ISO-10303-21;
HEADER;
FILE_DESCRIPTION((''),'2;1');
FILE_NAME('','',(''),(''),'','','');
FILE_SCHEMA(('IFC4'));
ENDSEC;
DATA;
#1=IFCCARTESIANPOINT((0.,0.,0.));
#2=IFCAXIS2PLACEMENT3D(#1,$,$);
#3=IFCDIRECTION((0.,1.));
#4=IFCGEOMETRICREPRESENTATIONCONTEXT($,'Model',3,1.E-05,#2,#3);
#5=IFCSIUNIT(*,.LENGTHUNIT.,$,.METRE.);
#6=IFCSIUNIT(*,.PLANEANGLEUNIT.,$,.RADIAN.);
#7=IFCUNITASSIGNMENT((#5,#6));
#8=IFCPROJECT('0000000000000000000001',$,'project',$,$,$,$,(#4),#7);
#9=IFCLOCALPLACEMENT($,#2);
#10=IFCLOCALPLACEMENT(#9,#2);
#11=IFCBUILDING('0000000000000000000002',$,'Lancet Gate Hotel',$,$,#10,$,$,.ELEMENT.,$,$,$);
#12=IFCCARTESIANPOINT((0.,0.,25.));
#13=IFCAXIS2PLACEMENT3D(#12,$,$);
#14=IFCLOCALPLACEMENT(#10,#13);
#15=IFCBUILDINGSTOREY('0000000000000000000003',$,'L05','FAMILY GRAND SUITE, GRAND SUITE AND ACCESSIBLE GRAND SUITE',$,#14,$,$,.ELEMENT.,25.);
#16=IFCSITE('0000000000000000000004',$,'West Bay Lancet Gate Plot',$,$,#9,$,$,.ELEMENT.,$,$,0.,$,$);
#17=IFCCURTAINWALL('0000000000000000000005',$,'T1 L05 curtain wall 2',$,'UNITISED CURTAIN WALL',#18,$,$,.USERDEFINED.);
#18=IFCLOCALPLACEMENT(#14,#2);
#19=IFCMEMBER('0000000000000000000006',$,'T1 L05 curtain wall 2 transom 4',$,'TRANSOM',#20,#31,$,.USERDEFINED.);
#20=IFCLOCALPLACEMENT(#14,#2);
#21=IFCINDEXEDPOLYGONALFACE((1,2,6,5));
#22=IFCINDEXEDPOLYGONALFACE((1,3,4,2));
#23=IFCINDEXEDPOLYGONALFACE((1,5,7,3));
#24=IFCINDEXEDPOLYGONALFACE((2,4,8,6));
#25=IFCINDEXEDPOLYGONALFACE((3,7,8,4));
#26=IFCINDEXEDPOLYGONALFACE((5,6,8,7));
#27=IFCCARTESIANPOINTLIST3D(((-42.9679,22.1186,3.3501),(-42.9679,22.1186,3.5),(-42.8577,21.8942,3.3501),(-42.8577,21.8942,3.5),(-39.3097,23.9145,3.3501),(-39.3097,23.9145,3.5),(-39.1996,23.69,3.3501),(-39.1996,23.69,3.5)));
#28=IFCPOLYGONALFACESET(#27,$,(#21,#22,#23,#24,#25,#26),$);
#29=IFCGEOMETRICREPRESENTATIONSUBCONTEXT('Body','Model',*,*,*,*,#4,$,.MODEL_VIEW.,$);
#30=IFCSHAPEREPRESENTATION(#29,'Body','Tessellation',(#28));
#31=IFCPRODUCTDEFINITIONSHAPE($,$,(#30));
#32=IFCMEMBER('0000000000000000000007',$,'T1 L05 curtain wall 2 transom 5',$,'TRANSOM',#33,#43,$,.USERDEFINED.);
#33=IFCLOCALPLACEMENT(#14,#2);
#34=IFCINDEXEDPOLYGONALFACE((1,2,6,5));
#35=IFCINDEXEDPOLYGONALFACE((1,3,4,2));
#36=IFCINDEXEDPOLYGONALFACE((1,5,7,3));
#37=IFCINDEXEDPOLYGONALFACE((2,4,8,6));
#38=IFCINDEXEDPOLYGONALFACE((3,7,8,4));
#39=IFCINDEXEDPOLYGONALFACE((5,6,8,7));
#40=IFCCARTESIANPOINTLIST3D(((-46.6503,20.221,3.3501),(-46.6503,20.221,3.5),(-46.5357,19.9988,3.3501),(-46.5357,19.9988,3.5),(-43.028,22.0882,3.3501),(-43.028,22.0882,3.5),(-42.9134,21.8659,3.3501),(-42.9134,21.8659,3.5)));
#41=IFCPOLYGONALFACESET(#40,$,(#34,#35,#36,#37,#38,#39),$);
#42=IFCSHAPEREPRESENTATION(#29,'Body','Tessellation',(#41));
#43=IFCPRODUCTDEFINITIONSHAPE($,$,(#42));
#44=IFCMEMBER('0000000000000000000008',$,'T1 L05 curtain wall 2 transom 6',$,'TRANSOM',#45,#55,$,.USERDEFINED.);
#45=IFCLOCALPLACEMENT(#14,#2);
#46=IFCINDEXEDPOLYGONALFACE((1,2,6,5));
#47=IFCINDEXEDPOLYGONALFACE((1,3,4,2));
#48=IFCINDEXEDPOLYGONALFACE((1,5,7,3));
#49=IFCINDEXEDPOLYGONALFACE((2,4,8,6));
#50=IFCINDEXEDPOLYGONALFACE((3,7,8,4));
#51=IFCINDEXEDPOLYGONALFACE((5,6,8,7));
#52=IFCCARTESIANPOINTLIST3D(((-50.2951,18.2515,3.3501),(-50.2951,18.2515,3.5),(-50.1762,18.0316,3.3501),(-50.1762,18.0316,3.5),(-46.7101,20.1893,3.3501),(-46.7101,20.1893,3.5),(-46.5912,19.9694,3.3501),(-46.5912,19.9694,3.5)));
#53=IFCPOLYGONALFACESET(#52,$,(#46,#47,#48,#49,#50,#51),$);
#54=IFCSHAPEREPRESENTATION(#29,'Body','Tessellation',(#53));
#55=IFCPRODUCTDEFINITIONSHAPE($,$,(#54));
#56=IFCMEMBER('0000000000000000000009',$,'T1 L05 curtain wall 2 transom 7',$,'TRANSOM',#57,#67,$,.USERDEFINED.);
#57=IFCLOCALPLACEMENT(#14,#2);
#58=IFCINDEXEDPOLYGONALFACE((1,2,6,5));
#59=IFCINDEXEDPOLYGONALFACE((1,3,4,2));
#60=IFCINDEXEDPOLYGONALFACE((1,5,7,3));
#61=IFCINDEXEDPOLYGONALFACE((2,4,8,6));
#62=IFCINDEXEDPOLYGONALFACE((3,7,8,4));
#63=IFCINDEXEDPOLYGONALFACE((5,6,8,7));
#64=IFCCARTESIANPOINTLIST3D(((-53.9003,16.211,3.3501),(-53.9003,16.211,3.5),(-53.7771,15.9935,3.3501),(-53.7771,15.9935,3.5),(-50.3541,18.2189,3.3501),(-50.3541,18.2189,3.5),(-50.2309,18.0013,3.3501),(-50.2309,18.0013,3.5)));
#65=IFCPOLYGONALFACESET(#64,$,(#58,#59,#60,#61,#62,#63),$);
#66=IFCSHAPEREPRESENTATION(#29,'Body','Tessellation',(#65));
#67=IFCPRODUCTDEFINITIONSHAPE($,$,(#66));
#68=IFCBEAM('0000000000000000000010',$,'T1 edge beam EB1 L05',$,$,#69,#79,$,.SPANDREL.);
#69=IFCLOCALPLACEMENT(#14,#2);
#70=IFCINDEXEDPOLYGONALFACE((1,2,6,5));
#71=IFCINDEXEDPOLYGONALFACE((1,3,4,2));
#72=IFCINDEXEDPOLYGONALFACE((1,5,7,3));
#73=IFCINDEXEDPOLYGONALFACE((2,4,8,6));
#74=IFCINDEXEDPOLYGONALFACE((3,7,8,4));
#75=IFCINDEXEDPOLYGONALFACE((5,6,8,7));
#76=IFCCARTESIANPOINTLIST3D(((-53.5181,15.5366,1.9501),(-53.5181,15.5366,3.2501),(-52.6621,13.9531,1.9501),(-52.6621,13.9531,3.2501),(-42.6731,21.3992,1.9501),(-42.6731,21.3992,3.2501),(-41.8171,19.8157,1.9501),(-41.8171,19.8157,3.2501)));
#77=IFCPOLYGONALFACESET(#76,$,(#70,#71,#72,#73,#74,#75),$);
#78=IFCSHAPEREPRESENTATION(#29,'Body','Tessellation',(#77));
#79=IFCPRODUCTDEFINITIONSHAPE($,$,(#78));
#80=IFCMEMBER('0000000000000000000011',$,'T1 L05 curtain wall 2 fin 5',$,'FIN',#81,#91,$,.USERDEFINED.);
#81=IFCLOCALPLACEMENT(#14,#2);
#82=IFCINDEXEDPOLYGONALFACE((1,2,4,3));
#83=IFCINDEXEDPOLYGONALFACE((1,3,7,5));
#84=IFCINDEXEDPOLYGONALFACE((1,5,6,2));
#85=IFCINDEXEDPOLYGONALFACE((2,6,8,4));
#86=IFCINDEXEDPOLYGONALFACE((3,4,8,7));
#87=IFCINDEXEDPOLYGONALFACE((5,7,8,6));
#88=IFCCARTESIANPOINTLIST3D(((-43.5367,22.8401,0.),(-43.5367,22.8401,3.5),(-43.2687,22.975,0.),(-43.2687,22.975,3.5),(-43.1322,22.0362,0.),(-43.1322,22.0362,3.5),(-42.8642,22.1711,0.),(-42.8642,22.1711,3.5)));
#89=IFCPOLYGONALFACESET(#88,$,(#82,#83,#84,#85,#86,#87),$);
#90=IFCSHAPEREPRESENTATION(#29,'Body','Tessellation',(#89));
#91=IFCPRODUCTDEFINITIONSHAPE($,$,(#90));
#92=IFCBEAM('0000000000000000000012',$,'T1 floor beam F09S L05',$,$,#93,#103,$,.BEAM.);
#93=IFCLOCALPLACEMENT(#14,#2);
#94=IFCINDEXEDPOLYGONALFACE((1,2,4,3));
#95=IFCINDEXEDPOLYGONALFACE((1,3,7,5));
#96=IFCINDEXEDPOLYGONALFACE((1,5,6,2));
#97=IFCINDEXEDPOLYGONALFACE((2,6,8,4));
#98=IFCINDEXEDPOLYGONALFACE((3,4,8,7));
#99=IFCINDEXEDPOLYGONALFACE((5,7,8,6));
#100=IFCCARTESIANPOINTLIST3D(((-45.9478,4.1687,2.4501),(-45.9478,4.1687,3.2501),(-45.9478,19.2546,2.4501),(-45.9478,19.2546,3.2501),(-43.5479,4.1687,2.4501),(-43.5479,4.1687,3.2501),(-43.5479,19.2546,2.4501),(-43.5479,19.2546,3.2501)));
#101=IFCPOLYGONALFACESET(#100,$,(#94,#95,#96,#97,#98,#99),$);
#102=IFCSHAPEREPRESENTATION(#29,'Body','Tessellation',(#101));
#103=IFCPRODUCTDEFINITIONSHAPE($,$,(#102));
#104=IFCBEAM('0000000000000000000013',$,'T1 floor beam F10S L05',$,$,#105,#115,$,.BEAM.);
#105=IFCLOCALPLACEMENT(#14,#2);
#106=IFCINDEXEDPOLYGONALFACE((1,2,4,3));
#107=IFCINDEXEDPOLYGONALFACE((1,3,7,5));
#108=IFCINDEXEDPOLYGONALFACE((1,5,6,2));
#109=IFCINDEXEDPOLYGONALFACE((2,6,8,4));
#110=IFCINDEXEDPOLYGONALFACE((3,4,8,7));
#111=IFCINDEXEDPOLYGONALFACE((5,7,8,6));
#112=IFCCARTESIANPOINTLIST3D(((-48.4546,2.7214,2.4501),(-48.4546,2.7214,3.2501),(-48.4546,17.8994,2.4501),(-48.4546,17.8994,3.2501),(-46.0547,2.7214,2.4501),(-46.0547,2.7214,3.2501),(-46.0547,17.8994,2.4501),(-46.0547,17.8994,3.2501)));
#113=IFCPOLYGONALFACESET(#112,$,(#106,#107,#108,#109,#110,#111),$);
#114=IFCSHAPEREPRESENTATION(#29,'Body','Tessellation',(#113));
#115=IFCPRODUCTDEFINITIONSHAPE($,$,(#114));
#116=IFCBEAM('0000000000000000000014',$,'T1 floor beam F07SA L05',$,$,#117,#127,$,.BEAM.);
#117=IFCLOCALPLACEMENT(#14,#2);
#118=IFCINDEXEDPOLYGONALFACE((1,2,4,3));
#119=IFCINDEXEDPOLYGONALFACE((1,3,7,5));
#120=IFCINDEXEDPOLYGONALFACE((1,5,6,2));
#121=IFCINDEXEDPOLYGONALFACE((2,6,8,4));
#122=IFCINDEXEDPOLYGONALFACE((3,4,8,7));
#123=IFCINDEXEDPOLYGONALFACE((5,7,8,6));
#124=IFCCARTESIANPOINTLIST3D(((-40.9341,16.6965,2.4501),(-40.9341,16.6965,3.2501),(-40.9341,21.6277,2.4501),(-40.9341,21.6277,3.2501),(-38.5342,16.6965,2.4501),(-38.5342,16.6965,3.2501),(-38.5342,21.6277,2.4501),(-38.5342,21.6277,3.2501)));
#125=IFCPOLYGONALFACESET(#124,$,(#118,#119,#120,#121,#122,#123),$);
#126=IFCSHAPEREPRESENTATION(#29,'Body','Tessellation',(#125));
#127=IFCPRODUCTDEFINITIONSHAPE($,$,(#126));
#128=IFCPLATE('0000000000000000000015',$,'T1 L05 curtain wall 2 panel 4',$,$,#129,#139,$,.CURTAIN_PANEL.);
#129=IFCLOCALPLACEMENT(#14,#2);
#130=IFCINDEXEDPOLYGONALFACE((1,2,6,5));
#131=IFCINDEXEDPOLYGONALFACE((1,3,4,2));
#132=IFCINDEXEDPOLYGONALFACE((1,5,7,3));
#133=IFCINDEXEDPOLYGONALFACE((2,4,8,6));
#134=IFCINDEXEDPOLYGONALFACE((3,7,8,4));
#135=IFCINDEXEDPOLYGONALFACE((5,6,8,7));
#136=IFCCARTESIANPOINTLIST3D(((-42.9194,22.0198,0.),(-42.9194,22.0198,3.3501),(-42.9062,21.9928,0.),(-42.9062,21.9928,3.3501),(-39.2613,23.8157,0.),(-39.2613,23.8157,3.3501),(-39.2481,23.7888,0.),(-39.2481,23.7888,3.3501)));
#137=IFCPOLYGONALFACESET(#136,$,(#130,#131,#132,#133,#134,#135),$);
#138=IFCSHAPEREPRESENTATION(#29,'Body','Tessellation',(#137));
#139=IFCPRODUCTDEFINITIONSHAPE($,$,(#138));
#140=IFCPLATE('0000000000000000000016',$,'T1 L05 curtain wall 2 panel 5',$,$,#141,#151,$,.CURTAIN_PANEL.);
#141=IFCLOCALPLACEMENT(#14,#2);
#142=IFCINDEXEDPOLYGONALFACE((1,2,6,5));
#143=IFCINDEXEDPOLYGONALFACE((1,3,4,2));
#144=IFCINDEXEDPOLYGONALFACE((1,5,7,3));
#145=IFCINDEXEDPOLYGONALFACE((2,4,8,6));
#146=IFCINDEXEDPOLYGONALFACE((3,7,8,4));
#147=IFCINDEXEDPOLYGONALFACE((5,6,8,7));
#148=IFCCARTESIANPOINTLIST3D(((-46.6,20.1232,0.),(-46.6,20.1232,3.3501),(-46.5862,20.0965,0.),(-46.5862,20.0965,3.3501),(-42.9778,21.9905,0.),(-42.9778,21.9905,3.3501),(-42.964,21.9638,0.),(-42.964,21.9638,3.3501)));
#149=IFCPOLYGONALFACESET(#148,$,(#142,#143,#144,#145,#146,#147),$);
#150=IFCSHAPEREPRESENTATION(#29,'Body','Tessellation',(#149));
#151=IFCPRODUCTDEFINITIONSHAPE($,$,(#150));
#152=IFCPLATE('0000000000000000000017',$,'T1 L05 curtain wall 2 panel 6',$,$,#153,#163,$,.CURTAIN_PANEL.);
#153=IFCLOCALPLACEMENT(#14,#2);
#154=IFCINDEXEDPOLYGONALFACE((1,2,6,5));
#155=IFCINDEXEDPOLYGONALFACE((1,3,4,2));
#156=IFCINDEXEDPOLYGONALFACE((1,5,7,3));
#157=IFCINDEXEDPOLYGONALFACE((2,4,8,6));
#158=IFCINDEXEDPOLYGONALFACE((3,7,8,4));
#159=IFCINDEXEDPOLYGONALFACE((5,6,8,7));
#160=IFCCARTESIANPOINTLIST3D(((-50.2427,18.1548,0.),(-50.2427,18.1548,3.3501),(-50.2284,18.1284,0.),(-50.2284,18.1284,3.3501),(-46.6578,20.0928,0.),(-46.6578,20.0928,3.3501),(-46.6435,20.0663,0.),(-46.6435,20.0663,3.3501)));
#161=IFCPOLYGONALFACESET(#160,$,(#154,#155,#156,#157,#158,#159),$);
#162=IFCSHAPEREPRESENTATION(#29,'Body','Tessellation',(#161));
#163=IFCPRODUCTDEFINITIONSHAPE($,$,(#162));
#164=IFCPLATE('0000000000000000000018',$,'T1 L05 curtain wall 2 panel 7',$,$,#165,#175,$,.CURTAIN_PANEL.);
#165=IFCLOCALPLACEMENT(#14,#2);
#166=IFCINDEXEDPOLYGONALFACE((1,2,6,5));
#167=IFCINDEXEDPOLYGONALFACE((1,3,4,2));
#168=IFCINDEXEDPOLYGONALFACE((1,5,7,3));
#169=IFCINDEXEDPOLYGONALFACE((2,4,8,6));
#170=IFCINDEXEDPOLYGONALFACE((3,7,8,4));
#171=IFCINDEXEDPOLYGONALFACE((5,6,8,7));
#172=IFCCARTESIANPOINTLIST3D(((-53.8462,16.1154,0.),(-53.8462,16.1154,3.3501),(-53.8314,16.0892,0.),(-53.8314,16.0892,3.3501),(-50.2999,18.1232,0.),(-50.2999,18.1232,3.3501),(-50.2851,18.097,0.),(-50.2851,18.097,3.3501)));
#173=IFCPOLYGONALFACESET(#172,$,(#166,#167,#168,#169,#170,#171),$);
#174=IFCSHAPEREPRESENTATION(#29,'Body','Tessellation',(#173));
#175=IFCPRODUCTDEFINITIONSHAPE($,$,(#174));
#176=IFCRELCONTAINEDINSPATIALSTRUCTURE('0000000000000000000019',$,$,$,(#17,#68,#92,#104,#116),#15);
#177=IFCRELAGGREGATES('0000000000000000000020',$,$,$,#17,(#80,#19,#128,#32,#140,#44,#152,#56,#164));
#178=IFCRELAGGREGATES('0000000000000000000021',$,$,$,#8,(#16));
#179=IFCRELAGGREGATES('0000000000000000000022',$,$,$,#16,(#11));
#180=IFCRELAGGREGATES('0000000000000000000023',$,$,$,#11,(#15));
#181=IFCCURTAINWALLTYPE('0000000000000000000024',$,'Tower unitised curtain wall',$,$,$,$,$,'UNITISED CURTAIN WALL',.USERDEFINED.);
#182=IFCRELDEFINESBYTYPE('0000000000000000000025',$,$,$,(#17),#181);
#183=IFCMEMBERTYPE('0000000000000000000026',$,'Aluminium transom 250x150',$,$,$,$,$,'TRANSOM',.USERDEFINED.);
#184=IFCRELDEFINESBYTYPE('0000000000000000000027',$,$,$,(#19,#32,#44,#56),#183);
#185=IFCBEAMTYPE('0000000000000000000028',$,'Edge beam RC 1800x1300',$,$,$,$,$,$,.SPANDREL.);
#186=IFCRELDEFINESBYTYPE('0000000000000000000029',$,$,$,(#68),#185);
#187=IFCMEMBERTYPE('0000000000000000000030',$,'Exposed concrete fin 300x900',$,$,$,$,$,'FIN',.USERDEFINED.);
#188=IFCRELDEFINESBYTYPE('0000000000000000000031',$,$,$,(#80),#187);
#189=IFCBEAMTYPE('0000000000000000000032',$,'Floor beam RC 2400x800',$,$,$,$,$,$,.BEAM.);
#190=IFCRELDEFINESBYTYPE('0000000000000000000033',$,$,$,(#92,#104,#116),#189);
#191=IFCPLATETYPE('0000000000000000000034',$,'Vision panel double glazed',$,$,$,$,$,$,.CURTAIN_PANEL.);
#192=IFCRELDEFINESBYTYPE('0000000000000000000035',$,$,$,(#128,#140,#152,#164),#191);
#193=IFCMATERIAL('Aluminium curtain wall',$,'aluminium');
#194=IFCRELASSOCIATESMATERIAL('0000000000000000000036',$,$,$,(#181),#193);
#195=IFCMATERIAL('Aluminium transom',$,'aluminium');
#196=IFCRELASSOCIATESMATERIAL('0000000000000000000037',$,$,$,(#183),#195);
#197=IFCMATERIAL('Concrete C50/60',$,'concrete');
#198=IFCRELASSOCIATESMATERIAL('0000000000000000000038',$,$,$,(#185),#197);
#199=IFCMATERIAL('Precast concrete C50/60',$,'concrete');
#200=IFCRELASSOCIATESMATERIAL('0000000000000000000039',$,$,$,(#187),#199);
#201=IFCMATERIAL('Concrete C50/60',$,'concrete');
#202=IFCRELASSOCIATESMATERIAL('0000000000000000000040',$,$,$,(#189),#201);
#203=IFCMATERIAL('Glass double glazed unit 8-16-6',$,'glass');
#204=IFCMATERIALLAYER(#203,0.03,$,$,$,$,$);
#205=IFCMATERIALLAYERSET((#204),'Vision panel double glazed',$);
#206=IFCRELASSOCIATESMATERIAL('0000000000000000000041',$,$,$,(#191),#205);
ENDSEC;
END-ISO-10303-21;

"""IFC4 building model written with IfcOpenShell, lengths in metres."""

from ifc_helpers import new_model, si_unit, direction, frame, origin, origin_2d, place, context, subcontext, project, spatial, rectangle, extrude, material, layer, layer_set, material_profile, profile_set, type_object, element, aggregate, save


model = new_model("IFC4")

# Units and contexts
model_context = context("Model", 3, precision=1e-05, world=origin(), true_north=direction((0.0, 1.0)))
body_context = subcontext(model_context, "Body", "Model", "MODEL_VIEW")
ifc_project = project(units=[si_unit("LENGTHUNIT", "METRE"), si_unit("PLANEANGLEUNIT", "RADIAN")], contexts=[model_context])

# Site, building, storey
site_placement = place(None, origin())
site = spatial("IfcSite", under=ifc_project, at=site_placement, Name="West Bay Lancet Gate Plot", CompositionType="ELEMENT", RefElevation=0.0)
building_placement = place(site_placement, origin())
building = spatial("IfcBuilding", under=site, at=building_placement, Name="Lancet Gate Hotel", CompositionType="ELEMENT")
storey_placement = place(building_placement, frame((0.0, 0.0, 25.0)))
storey = spatial("IfcBuildingStorey", under=building, at=storey_placement, Name="L05", Description="FAMILY GRAND SUITE, GRAND SUITE AND ACCESSIBLE GRAND SUITE", CompositionType="ELEMENT", Elevation=25.0)

# Curtain wall, members
ifc_material_1 = material(Name="Aluminium curtain wall", Category="aluminium")
curtain_wall_type = type_object("IfcCurtainWallType", Name="Tower unitised curtain wall", ElementType="UNITISED CURTAIN WALL", PredefinedType="USERDEFINED", material=ifc_material_1)
curtain_wall_placement = place(storey_placement, origin())
curtain_wall = element("IfcCurtainWall", 1, at=curtain_wall_placement, inside=storey, type_object=curtain_wall_type, Name="T1 L05 curtain wall 2", ObjectType="UNITISED CURTAIN WALL", PredefinedType="USERDEFINED")
ifc_material_2 = material(Name="Aluminium transom", Category="aluminium")
ifc_material_profile_1 = material_profile(ifc_material_2, rectangle(XDim=0.25, YDim=0.1499, at=origin_2d()), Name="TRANSOM 250x150")
ifc_profile_set_1 = profile_set([ifc_material_profile_1], Name="Aluminium transom")
member_type_1 = type_object("IfcMemberType", Name="Aluminium transom 250x150", ElementType="TRANSOM", PredefinedType="USERDEFINED", material=ifc_profile_set_1)
member_1_placement = place(storey_placement, frame((-39.2546, 23.8022, 3.425), z_axis=(-0.897662, -0.440684, 0.0), x_axis=(0.440684, -0.897662, 0.0)))
member_1 = element("IfcMember", 2, at=member_1_placement, type_object=member_type_1, Name="T1 L05 curtain wall 2 transom 4", ObjectType="TRANSOM", PredefinedType="USERDEFINED", context=body_context, shape_type="SweptSolid", body=[
    extrude(rectangle(XDim=0.25, YDim=0.1499, at=origin_2d()), origin(), (0.0, 0.0, 1.0), 4.0752),
])
member_2_placement = place(storey_placement, frame((-42.9707, 21.9771, 3.425), z_axis=(-0.88886, -0.458179, 0.0), x_axis=(0.458179, -0.88886, 0.0)))
member_2 = element("IfcMember", 3, at=member_2_placement, type_object=member_type_1, Name="T1 L05 curtain wall 2 transom 5", ObjectType="TRANSOM", PredefinedType="USERDEFINED", context=body_context, shape_type="SweptSolid", body=[
    extrude(rectangle(XDim=0.25, YDim=0.1499, at=origin_2d()), origin(), (0.0, 0.0, 1.0), 4.0752),
])
member_3_placement = place(storey_placement, frame((-46.6506, 20.0793, 3.425), z_axis=(-0.879714, -0.475503, 0.0), x_axis=(0.475503, -0.879714, 0.0)))
member_3 = element("IfcMember", 4, at=member_3_placement, type_object=member_type_1, Name="T1 L05 curtain wall 2 transom 6", ObjectType="TRANSOM", PredefinedType="USERDEFINED", context=body_context, shape_type="SweptSolid", body=[
    extrude(rectangle(XDim=0.25, YDim=0.1499, at=origin_2d()), origin(), (0.0, 0.0, 1.0), 4.0752),
])
member_4_placement = place(storey_placement, frame((-50.2925, 18.1101, 3.425), z_axis=(-0.870198, -0.492703, 0.0), x_axis=(0.492703, -0.870198, 0.0)))
member_4 = element("IfcMember", 5, at=member_4_placement, type_object=member_type_1, Name="T1 L05 curtain wall 2 transom 7", ObjectType="TRANSOM", PredefinedType="USERDEFINED", context=body_context, shape_type="SweptSolid", body=[
    extrude(rectangle(XDim=0.25, YDim=0.1499, at=origin_2d()), origin(), (0.0, 0.0, 1.0), 4.0752),
])

# Beam
ifc_material_3 = material(Name="Concrete C50/60", Category="concrete")
ifc_material_profile_2 = material_profile(ifc_material_3, rectangle(XDim=1.8, YDim=1.3, at=origin_2d()), Name="RC 1800x1300")
ifc_profile_set_2 = profile_set([ifc_material_profile_2], Name="Concrete C50/60")
beam_type_1 = type_object("IfcBeamType", Name="Edge beam RC 1800x1300", PredefinedType="SPANDREL", material=ifc_profile_set_2)
beam_1_placement = place(storey_placement, frame((-42.2451, 20.6074, 2.6001), z_axis=(-0.879693, -0.475542, 0.0), x_axis=(0.475542, -0.879693, 0.0)))
element("IfcBeam", 6, at=beam_1_placement, inside=storey, type_object=beam_type_1, Name="T1 edge beam EB1 L05", PredefinedType="SPANDREL", context=body_context, shape_type="SweptSolid", body=[
    extrude(rectangle(XDim=1.8, YDim=1.3, at=origin_2d()), origin(), (0.0, 0.0, 1.0), 12.3281),
])

# Member
ifc_material_4 = material(Name="Precast concrete C50/60", Category="concrete")
ifc_material_profile_3 = material_profile(ifc_material_4, rectangle(XDim=0.3, YDim=0.8999, at=origin_2d()), Name="FIN 300x900")
ifc_profile_set_3 = profile_set([ifc_material_profile_3], Name="Precast concrete C50/60")
member_type_2 = type_object("IfcMemberType", Name="Exposed concrete fin 300x900", ElementType="FIN", PredefinedType="USERDEFINED", material=ifc_profile_set_3)
member_5_placement = place(storey_placement, frame((-43.2004, 22.5056, 0.0), z_axis=(0.0, 0.0, 1.0), x_axis=(-0.893292, -0.449478, 0.0)))
member_5 = element("IfcMember", 7, at=member_5_placement, type_object=member_type_2, Name="T1 L05 curtain wall 2 fin 5", ObjectType="FIN", PredefinedType="USERDEFINED", context=body_context, shape_type="SweptSolid", body=[
    extrude(rectangle(XDim=0.3, YDim=0.8999, at=origin_2d()), origin(), (0.0, 0.0, 1.0), 3.5),
])

# Beams
ifc_material_5 = material(Name="Concrete C50/60", Category="concrete")
ifc_material_profile_4 = material_profile(ifc_material_5, rectangle(XDim=2.3999, YDim=0.8, at=origin_2d()), Name="RC 2400x800")
ifc_profile_set_4 = profile_set([ifc_material_profile_4], Name="Concrete C50/60")
beam_type_2 = type_object("IfcBeamType", Name="Floor beam RC 2400x800", PredefinedType="BEAM", material=ifc_profile_set_4)
beam_2_placement = place(storey_placement, frame((-44.7478, 19.2546, 2.8501), z_axis=(0.0, -1.0, 0.0), x_axis=(1.0, 0.0, 0.0)))
element("IfcBeam", 8, at=beam_2_placement, inside=storey, type_object=beam_type_2, Name="T1 floor beam F09S L05", PredefinedType="BEAM", context=body_context, shape_type="SweptSolid", body=[
    extrude(rectangle(XDim=2.3999, YDim=0.8, at=origin_2d()), origin(), (0.0, 0.0, 1.0), 15.0859),
])
beam_3_placement = place(storey_placement, frame((-47.2546, 17.8994, 2.8501), z_axis=(0.0, -1.0, 0.0), x_axis=(1.0, 0.0, 0.0)))
element("IfcBeam", 9, at=beam_3_placement, inside=storey, type_object=beam_type_2, Name="T1 floor beam F10S L05", PredefinedType="BEAM", context=body_context, shape_type="SweptSolid", body=[
    extrude(rectangle(XDim=2.3999, YDim=0.8, at=origin_2d()), origin(), (0.0, 0.0, 1.0), 15.178),
])
beam_4_placement = place(storey_placement, frame((-39.7341, 21.6277, 2.8501), z_axis=(0.0, -1.0, 0.0), x_axis=(1.0, 0.0, 0.0)))
element("IfcBeam", 10, at=beam_4_placement, inside=storey, type_object=beam_type_2, Name="T1 floor beam F07SA L05", PredefinedType="BEAM", context=body_context, shape_type="SweptSolid", body=[
    extrude(rectangle(XDim=2.3999, YDim=0.8, at=origin_2d()), origin(), (0.0, 0.0, 1.0), 4.9312),
])

# Plates
ifc_material_6 = material(Name="Glass double glazed unit 8-16-6", Category="glass")
ifc_layer = layer(ifc_material_6, 0.03)
ifc_layer_set = layer_set([ifc_layer], Name="Vision panel double glazed")
plate_type = type_object("IfcPlateType", Name="Vision panel double glazed", PredefinedType="CURTAIN_PANEL", material=ifc_layer_set)
plate_1_placement = place(storey_placement, frame((-41.0837, 22.9043, 0.0), z_axis=(0.0, 0.0, 1.0), x_axis=(-0.897653, -0.440702, 0.0)))
plate_1 = element("IfcPlate", 11, at=plate_1_placement, type_object=plate_type, Name="T1 L05 curtain wall 2 panel 4", PredefinedType="CURTAIN_PANEL", context=body_context, shape_type="SweptSolid", body=[
    extrude(rectangle(XDim=4.0752, YDim=0.03, at=origin_2d()), origin(), (0.0, 0.0, 1.0), 3.3501),
])
plate_2_placement = place(storey_placement, frame((-44.782, 21.0435, 0.0), z_axis=(0.0, 0.0, 1.0), x_axis=(-0.888844, -0.45821, 0.0)))
plate_2 = element("IfcPlate", 12, at=plate_2_placement, type_object=plate_type, Name="T1 L05 curtain wall 2 panel 5", PredefinedType="CURTAIN_PANEL", context=body_context, shape_type="SweptSolid", body=[
    extrude(rectangle(XDim=4.0752, YDim=0.03, at=origin_2d()), origin(), (0.0, 0.0, 1.0), 3.3501),
])
plate_3_placement = place(storey_placement, frame((-48.4431, 19.1106, 0.0), z_axis=(0.0, 0.0, 1.0), x_axis=(-0.879693, -0.475541, 0.0)))
plate_3 = element("IfcPlate", 13, at=plate_3_placement, type_object=plate_type, Name="T1 L05 curtain wall 2 panel 6", PredefinedType="CURTAIN_PANEL", context=body_context, shape_type="SweptSolid", body=[
    extrude(rectangle(XDim=4.0752, YDim=0.03, at=origin_2d()), origin(), (0.0, 0.0, 1.0), 3.3501),
])
plate_4_placement = place(storey_placement, frame((-52.0657, 17.1062, 0.0), z_axis=(0.0, 0.0, 1.0), x_axis=(-0.870205, -0.49269, 0.0)))
plate_4 = element("IfcPlate", 14, at=plate_4_placement, type_object=plate_type, Name="T1 L05 curtain wall 2 panel 7", PredefinedType="CURTAIN_PANEL", context=body_context, shape_type="SweptSolid", body=[
    extrude(rectangle(XDim=4.0752, YDim=0.03, at=origin_2d()), origin(), (0.0, 0.0, 1.0), 3.3501),
])
aggregate(curtain_wall, [member_5, member_1, plate_1, member_2, plate_2, member_3, plate_3, member_4, plate_4])

save(model, "model.ifc")
